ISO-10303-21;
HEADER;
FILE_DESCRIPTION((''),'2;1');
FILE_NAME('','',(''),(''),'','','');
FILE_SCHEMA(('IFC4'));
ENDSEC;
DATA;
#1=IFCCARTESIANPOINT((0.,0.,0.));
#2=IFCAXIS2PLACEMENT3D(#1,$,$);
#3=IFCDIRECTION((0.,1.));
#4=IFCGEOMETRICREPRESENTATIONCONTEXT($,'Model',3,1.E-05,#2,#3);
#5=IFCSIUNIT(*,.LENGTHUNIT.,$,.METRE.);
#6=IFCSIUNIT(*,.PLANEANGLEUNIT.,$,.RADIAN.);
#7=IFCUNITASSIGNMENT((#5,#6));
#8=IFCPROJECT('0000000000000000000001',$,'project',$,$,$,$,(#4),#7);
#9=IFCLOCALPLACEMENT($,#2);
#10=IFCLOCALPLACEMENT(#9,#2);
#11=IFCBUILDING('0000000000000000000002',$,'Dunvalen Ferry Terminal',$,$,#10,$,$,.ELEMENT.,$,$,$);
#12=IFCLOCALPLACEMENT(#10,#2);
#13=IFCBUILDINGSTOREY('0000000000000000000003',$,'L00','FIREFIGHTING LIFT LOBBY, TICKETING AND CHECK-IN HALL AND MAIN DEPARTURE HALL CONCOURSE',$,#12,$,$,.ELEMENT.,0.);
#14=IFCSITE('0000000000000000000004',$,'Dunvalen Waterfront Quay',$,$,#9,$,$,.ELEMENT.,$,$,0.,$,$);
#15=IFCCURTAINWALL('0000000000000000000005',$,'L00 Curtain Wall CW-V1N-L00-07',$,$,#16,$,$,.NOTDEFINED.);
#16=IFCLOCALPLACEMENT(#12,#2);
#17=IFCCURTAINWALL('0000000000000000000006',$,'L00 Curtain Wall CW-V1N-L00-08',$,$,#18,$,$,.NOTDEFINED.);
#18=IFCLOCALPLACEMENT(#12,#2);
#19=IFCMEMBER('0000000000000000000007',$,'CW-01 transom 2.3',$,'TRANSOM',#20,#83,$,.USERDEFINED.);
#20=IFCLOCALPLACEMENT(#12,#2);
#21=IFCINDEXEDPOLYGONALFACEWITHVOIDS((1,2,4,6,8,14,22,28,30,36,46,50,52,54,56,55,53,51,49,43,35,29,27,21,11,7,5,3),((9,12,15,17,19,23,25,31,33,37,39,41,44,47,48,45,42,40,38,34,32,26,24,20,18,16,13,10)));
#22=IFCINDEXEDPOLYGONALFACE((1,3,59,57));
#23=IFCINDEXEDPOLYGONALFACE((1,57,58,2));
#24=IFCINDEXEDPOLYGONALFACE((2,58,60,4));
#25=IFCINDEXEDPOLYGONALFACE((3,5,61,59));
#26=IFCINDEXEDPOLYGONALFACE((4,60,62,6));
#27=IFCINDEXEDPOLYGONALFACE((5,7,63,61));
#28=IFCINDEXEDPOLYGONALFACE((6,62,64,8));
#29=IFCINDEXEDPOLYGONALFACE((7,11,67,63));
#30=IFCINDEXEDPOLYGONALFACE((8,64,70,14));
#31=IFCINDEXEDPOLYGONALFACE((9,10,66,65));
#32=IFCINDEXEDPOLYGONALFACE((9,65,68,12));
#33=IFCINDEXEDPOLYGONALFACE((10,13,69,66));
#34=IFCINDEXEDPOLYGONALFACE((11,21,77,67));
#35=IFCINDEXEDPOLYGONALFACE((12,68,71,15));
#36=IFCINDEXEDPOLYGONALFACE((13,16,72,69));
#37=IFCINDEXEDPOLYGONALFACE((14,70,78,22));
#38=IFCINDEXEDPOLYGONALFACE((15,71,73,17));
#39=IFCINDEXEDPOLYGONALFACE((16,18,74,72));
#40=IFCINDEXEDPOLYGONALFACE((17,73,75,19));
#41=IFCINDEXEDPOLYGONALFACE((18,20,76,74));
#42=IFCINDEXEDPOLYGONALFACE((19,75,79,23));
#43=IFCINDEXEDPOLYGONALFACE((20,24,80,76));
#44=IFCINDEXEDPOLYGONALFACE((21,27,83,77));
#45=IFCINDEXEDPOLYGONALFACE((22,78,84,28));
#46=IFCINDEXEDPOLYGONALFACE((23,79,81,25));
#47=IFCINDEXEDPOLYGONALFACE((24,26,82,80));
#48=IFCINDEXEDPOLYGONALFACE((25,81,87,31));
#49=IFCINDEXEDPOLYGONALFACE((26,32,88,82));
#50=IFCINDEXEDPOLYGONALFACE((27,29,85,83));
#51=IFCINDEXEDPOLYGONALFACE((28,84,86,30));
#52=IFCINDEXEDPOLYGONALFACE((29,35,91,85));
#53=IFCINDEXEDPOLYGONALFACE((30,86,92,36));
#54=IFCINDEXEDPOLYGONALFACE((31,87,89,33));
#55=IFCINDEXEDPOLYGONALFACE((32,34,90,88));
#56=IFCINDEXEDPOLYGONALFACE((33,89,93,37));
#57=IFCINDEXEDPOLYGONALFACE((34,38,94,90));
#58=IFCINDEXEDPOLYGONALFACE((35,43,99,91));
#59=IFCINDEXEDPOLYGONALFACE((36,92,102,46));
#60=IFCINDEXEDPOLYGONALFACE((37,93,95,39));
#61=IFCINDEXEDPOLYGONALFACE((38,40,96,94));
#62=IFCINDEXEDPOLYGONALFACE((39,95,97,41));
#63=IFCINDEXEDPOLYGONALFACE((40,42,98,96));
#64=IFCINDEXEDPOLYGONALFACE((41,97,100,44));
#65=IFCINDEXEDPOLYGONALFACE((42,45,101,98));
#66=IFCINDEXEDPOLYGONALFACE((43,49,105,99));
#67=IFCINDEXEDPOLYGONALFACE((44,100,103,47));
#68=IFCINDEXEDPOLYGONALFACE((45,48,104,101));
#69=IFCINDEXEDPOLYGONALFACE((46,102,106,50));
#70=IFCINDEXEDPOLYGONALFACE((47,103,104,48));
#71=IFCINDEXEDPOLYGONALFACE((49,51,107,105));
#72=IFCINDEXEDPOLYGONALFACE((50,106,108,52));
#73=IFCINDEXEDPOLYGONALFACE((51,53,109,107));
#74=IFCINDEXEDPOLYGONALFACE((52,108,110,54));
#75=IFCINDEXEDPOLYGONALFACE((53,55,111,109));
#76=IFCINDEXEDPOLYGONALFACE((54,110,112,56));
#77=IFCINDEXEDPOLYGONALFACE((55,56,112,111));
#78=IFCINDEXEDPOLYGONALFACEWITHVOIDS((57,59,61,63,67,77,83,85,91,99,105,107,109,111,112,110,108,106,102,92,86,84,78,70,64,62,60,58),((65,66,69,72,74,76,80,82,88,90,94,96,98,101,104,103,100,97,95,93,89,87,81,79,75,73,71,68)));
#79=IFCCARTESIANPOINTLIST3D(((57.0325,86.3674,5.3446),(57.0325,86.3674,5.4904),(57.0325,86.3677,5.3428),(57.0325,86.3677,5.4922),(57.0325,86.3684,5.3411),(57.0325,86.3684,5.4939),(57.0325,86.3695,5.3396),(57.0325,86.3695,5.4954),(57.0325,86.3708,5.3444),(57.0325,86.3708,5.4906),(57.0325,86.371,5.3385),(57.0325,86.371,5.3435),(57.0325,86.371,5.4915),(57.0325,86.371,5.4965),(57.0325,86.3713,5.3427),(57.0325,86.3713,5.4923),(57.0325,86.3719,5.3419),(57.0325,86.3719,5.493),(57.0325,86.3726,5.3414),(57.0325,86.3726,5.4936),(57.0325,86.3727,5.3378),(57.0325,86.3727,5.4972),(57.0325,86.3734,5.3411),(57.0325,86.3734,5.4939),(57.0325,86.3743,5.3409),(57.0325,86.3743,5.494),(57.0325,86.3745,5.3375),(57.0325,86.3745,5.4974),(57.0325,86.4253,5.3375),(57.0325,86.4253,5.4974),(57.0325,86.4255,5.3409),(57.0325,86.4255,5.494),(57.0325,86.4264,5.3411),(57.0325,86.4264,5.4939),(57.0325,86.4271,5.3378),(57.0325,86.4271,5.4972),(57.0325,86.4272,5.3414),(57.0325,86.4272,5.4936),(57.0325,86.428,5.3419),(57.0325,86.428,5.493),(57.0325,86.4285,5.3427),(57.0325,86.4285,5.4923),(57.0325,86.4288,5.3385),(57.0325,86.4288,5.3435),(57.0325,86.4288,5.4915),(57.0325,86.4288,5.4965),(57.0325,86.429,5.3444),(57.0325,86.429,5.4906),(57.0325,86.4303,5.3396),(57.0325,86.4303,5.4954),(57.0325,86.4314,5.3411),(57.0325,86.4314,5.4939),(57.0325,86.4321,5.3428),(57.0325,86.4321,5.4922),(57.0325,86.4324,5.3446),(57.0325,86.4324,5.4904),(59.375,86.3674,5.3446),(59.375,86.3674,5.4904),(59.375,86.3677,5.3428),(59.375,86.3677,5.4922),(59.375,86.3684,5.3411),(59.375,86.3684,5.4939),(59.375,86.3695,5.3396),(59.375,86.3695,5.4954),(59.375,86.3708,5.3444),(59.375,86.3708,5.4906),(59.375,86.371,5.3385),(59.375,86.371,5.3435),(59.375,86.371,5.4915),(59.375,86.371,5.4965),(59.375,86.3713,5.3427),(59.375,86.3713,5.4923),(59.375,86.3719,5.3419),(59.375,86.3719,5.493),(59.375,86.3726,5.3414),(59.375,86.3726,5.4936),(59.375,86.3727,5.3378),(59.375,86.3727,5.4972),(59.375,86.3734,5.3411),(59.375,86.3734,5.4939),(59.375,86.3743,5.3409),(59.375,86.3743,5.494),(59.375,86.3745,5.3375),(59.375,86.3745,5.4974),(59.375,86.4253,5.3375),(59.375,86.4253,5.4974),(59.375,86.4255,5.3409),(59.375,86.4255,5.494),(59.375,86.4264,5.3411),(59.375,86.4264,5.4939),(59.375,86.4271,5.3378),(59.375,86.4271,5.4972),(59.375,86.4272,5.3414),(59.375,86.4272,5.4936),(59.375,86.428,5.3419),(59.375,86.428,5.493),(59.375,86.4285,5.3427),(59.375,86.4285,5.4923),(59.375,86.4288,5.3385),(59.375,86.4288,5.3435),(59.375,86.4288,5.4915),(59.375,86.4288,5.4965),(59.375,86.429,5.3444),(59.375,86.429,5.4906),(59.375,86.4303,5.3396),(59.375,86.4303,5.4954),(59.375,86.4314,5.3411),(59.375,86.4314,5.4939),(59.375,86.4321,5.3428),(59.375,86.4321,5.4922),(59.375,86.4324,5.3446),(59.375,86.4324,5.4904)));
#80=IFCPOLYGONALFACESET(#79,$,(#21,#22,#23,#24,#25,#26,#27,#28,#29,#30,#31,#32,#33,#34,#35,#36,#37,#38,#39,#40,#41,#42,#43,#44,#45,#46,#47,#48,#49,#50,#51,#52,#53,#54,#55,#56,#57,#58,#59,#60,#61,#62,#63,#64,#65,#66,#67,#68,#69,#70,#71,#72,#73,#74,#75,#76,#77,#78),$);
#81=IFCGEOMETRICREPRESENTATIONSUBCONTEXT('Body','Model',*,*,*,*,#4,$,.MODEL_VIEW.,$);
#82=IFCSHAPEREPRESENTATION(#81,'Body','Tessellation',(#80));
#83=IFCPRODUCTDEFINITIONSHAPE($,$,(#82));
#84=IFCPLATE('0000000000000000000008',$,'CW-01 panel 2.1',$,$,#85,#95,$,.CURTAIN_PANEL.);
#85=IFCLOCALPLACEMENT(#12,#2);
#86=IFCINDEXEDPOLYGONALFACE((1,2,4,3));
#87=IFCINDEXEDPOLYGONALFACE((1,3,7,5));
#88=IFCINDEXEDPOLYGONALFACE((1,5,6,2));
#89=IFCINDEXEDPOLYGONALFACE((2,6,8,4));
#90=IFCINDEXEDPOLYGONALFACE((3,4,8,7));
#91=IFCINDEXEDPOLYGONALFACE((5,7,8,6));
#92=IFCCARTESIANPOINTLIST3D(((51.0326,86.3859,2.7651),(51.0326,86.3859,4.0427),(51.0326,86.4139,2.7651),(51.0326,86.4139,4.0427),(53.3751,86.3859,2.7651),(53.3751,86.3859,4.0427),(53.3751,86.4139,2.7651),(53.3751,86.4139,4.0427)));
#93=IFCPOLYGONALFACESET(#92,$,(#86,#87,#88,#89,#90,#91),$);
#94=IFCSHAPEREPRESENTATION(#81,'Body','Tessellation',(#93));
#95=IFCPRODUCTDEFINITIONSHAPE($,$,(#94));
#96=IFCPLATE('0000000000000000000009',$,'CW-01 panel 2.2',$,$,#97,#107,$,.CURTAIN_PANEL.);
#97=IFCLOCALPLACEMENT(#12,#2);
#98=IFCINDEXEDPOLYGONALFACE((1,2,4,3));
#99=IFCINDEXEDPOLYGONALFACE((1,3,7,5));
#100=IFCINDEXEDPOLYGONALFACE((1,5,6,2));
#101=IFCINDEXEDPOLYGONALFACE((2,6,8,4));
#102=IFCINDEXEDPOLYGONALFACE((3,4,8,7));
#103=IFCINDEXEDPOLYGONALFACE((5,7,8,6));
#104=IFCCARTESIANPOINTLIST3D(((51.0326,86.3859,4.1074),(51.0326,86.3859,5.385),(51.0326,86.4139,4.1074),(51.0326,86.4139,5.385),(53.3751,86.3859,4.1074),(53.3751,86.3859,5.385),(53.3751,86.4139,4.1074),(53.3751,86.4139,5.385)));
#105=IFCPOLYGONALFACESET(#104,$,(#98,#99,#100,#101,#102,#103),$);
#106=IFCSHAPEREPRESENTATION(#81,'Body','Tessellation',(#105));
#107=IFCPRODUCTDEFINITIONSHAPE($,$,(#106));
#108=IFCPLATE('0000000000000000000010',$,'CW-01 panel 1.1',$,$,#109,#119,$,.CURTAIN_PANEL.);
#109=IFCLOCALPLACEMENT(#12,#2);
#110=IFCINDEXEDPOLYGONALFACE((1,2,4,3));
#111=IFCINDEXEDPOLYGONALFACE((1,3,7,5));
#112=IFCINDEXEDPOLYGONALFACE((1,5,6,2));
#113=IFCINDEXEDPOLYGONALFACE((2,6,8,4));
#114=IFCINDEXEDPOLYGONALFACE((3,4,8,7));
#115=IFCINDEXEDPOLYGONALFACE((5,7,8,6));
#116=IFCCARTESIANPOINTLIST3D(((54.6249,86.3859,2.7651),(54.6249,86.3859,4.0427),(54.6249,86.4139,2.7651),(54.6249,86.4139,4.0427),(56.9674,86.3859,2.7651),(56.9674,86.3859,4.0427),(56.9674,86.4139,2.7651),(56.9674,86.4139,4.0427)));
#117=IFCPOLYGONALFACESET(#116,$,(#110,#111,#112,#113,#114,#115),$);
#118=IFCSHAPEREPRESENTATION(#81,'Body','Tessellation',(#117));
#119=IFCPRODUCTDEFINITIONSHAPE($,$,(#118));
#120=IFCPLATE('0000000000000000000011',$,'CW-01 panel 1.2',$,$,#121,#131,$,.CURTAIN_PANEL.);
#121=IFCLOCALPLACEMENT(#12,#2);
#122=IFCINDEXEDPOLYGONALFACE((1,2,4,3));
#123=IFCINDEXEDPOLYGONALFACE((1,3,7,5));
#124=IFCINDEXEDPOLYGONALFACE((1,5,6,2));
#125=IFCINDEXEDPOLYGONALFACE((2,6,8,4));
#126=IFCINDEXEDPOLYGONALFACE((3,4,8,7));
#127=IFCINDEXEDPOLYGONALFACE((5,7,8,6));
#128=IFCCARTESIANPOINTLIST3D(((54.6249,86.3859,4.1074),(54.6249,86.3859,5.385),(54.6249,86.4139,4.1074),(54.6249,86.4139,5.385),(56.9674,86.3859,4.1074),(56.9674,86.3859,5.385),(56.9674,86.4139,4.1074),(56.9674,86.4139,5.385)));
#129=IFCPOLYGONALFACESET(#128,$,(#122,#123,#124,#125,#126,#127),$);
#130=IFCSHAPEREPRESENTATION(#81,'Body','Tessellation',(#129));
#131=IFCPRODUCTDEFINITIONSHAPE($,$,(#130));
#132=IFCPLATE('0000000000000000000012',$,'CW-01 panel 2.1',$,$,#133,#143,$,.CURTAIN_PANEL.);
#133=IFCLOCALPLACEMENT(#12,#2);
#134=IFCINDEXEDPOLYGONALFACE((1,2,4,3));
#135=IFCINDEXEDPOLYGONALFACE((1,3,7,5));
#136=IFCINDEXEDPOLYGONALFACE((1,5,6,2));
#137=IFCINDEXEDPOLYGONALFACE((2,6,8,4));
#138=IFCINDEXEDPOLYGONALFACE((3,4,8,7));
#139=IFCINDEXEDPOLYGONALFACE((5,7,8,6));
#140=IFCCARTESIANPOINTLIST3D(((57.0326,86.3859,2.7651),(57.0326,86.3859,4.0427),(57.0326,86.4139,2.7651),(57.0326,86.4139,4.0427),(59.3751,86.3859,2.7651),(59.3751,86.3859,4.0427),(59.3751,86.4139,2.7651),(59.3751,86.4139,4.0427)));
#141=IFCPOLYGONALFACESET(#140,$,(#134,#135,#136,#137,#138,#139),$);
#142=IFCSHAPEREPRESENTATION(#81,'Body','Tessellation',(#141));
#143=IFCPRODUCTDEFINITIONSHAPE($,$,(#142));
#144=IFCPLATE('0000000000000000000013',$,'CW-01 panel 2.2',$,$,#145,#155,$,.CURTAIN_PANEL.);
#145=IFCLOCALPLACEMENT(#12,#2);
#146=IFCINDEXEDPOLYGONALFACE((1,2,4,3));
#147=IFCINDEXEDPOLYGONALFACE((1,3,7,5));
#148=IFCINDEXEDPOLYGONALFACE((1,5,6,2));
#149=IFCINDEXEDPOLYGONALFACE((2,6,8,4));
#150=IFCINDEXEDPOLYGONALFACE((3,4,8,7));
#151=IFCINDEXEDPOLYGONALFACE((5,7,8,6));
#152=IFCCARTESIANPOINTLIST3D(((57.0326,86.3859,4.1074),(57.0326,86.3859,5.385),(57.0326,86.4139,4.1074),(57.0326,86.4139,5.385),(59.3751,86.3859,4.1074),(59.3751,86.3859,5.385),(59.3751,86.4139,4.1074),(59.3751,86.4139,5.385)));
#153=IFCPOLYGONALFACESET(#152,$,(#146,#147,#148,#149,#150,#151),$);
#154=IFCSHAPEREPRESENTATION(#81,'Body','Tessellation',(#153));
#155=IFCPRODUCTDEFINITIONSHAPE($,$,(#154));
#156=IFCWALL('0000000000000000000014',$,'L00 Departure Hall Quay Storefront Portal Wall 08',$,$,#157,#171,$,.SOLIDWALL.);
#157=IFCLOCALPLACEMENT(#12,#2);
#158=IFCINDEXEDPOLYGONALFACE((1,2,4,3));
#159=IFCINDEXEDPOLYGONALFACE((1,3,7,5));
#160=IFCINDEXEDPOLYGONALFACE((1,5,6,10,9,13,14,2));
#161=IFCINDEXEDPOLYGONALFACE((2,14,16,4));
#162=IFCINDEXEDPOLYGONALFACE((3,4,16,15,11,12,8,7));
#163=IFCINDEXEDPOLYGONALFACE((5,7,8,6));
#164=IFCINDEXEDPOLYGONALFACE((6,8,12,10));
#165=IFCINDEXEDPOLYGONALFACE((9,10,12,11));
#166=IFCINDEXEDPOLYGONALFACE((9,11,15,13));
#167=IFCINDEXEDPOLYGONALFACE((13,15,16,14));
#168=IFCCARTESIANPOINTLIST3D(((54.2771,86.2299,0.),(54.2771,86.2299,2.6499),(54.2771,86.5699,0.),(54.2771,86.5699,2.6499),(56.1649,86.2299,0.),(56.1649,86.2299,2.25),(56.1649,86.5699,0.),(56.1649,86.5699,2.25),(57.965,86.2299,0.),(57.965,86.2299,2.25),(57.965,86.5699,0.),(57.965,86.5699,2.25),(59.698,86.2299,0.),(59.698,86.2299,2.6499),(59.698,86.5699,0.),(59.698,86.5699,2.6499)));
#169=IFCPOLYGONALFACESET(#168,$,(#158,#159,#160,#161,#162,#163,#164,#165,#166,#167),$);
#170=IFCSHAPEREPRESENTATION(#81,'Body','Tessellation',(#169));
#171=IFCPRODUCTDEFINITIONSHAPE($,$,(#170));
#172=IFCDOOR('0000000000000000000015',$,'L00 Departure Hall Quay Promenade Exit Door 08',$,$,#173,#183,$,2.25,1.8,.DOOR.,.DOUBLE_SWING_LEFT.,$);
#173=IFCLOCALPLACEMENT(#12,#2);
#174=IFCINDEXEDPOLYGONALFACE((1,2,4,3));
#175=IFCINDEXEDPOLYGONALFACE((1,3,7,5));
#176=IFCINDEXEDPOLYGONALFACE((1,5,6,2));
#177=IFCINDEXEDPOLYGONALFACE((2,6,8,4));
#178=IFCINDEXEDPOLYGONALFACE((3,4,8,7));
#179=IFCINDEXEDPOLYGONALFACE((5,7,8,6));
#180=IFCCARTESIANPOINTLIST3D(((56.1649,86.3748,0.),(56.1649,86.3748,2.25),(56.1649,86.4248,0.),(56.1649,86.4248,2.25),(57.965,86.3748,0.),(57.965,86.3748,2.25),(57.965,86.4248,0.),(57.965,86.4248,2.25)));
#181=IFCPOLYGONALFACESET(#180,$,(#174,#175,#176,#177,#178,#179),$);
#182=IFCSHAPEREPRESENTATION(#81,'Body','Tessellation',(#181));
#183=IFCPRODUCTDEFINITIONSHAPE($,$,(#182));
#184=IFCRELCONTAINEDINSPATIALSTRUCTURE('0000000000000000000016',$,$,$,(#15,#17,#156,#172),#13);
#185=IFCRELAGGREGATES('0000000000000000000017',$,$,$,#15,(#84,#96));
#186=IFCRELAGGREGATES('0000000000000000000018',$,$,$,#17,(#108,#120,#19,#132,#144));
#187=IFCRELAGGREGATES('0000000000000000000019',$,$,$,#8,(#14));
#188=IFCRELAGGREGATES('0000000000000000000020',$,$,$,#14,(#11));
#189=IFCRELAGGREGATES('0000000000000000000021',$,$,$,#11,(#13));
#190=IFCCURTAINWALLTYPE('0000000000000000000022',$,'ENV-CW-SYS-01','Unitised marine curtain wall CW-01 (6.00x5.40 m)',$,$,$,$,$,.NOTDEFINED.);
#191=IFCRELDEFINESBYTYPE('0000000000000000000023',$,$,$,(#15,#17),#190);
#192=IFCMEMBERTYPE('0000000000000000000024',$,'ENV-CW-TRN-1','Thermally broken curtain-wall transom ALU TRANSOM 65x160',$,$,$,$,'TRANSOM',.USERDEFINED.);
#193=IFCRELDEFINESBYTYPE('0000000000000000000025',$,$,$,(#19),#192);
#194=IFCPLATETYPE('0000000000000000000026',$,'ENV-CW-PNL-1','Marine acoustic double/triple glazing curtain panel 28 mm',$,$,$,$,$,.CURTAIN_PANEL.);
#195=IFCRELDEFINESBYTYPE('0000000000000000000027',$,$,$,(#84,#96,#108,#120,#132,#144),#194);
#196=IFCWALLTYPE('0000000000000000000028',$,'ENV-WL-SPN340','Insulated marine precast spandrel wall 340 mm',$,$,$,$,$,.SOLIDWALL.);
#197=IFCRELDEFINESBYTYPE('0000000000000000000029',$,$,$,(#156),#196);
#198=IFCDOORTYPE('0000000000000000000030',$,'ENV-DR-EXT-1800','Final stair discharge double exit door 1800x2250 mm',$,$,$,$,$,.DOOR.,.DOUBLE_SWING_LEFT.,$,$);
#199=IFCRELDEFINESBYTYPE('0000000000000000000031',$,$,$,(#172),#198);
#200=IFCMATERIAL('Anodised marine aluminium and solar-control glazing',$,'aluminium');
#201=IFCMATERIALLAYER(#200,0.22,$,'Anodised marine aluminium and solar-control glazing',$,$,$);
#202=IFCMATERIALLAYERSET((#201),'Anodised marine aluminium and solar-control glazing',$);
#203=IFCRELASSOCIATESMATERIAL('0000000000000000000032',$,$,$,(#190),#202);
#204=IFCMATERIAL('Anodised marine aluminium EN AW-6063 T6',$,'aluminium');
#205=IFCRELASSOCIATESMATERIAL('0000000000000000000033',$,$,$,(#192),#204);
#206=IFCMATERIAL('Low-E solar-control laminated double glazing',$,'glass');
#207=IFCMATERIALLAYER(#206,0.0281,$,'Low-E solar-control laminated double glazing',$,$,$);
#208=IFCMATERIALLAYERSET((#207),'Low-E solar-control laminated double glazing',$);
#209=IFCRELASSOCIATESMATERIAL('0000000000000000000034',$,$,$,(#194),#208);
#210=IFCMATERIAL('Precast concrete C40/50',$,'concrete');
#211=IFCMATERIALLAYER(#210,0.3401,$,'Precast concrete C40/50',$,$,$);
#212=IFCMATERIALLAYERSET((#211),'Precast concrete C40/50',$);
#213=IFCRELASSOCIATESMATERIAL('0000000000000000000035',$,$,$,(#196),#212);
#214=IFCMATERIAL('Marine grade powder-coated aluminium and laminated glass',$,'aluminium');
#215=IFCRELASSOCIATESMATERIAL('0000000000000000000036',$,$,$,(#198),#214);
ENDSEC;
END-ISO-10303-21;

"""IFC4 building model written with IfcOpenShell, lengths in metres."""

from ifc_helpers import new_model, si_unit, direction, frame, frame_2d, origin, origin_2d, place, context, subcontext, project, spatial, rectangle, hollow_rectangle, extrude, material, layer, layer_set, material_profile, profile_set, type_object, element, fill, aggregate, save


model = new_model("IFC4")

# Units and contexts
model_context = context("Model", 3, precision=1e-05, world=origin(), true_north=direction((0.0, 1.0)))
body_context = subcontext(model_context, "Body", "Model", "MODEL_VIEW")
ifc_project = project(units=[si_unit("LENGTHUNIT", "METRE"), si_unit("PLANEANGLEUNIT", "RADIAN")], contexts=[model_context])

# Site, building, storey
site_placement = place(None, origin())
site = spatial("IfcSite", under=ifc_project, at=site_placement, Name="Dunvalen Waterfront Quay", CompositionType="ELEMENT", RefElevation=0.0)
building_placement = place(site_placement, origin())
building = spatial("IfcBuilding", under=site, at=building_placement, Name="Dunvalen Ferry Terminal", CompositionType="ELEMENT")
storey_placement = place(building_placement, origin())
storey = spatial("IfcBuildingStorey", under=building, at=storey_placement, Name="L00", Description="FIREFIGHTING LIFT LOBBY, TICKETING AND CHECK-IN HALL AND MAIN DEPARTURE HALL CONCOURSE", CompositionType="ELEMENT", Elevation=0.0)

# Curtain wall
ifc_material_1 = material(Name="Anodised marine aluminium and solar-control glazing", Category="aluminium")
ifc_layer_1 = layer(ifc_material_1, 0.22, Name="Anodised marine aluminium and solar-control glazing")
ifc_layer_set_1 = layer_set([ifc_layer_1], Name="Anodised marine aluminium and solar-control glazing")
curtain_wall_type = type_object("IfcCurtainWallType", Name="ENV-CW-SYS-01", Description="Unitised marine curtain wall CW-01 (6.00x5.40 m)", PredefinedType="NOTDEFINED", material=ifc_layer_set_1)
curtain_wall_1_placement = place(storey_placement, origin())
curtain_wall_1 = element("IfcCurtainWall", 1, at=curtain_wall_1_placement, inside=storey, type_object=curtain_wall_type, Name="L00 Curtain Wall CW-V1N-L00-07", PredefinedType="NOTDEFINED")
ifc_material_2 = material(Name="Anodised marine aluminium EN AW-6063 T6", Category="aluminium")

# Curtain wall
curtain_wall_2_placement = place(storey_placement, origin())
curtain_wall_2 = element("IfcCurtainWall", 2, at=curtain_wall_2_placement, inside=storey, type_object=curtain_wall_type, Name="L00 Curtain Wall CW-V1N-L00-08", PredefinedType="NOTDEFINED")

# Member
ifc_material_profile_1 = material_profile(ifc_material_2, hollow_rectangle(XDim=0.0649, YDim=0.1599, WallThickness=0.0034, InnerFilletRadius=0.0034, OuterFilletRadius=0.0071, at=origin_2d()), Name="Anodised marine aluminium EN AW-6063 T6")
ifc_profile_set_1 = profile_set([ifc_material_profile_1], Name="Anodised marine aluminium EN AW-6063 T6")
member_type_1 = type_object("IfcMemberType", Name="ENV-CW-TRN-1", Description="Thermally broken curtain-wall transom ALU TRANSOM 65x160", ElementType="TRANSOM", PredefinedType="USERDEFINED", material=ifc_profile_set_1)
member_1_placement = place(storey_placement, frame((57.0325, 86.3999, 5.4175), z_axis=(1.0, 0.0, 0.0), x_axis=(0.0, 1.0, 0.0)))
member_1 = element("IfcMember", 3, at=member_1_placement, type_object=member_type_1, Name="CW-01 transom 2.3", ObjectType="TRANSOM", PredefinedType="USERDEFINED", context=body_context, shape_type="SweptSolid", body=[
    extrude(hollow_rectangle(XDim=0.0649, YDim=0.1599, WallThickness=0.0034, InnerFilletRadius=0.0034, OuterFilletRadius=0.0071, at=origin_2d()), origin(), (0.0, 0.0, 1.0), 2.3425),
])

# Plates
ifc_material_3 = material(Name="Low-E solar-control laminated double glazing", Category="glass")
ifc_layer_2 = layer(ifc_material_3, 0.0281, Name="Low-E solar-control laminated double glazing")
ifc_layer_set_2 = layer_set([ifc_layer_2], Name="Low-E solar-control laminated double glazing")
plate_type = type_object("IfcPlateType", Name="ENV-CW-PNL-1", Description="Marine acoustic double/triple glazing curtain panel 28 mm", PredefinedType="CURTAIN_PANEL", material=ifc_layer_set_2)
plate_1_placement = place(storey_placement, frame((52.2039, 86.3999, 2.7651), z_axis=(0.0, 0.0, 1.0), x_axis=(1.0, 0.0, 0.0)))
plate_1 = element("IfcPlate", 4, at=plate_1_placement, type_object=plate_type, Name="CW-01 panel 2.1", PredefinedType="CURTAIN_PANEL", context=body_context, shape_type="SweptSolid", body=[
    extrude(rectangle(XDim=2.3425, YDim=0.0281, at=origin_2d()), origin(), (0.0, 0.0, 1.0), 1.2776),
])
plate_2_placement = place(storey_placement, frame((52.2039, 86.3999, 4.1074), z_axis=(0.0, 0.0, 1.0), x_axis=(1.0, 0.0, 0.0)))
plate_2 = element("IfcPlate", 5, at=plate_2_placement, type_object=plate_type, Name="CW-01 panel 2.2", PredefinedType="CURTAIN_PANEL", context=body_context, shape_type="SweptSolid", body=[
    extrude(rectangle(XDim=2.3425, YDim=0.0281, at=origin_2d()), origin(), (0.0, 0.0, 1.0), 1.2776),
])
aggregate(curtain_wall_1, [plate_1, plate_2])
plate_3_placement = place(storey_placement, frame((55.7961, 86.3999, 2.7651), z_axis=(0.0, 0.0, 1.0), x_axis=(1.0, 0.0, 0.0)))
plate_3 = element("IfcPlate", 6, at=plate_3_placement, type_object=plate_type, Name="CW-01 panel 1.1", PredefinedType="CURTAIN_PANEL", context=body_context, shape_type="SweptSolid", body=[
    extrude(rectangle(XDim=2.3425, YDim=0.0281, at=origin_2d()), origin(), (0.0, 0.0, 1.0), 1.2776),
])
plate_4_placement = place(storey_placement, frame((55.7961, 86.3999, 4.1074), z_axis=(0.0, 0.0, 1.0), x_axis=(1.0, 0.0, 0.0)))
plate_4 = element("IfcPlate", 7, at=plate_4_placement, type_object=plate_type, Name="CW-01 panel 1.2", PredefinedType="CURTAIN_PANEL", context=body_context, shape_type="SweptSolid", body=[
    extrude(rectangle(XDim=2.3425, YDim=0.0281, at=origin_2d()), origin(), (0.0, 0.0, 1.0), 1.2776),
])
plate_5_placement = place(storey_placement, frame((58.2039, 86.3999, 2.7651), z_axis=(0.0, 0.0, 1.0), x_axis=(1.0, 0.0, 0.0)))
plate_5 = element("IfcPlate", 8, at=plate_5_placement, type_object=plate_type, Name="CW-01 panel 2.1", PredefinedType="CURTAIN_PANEL", context=body_context, shape_type="SweptSolid", body=[
    extrude(rectangle(XDim=2.3425, YDim=0.0281, at=origin_2d()), origin(), (0.0, 0.0, 1.0), 1.2776),
])
plate_6_placement = place(storey_placement, frame((58.2039, 86.3999, 4.1074), z_axis=(0.0, 0.0, 1.0), x_axis=(1.0, 0.0, 0.0)))
plate_6 = element("IfcPlate", 9, at=plate_6_placement, type_object=plate_type, Name="CW-01 panel 2.2", PredefinedType="CURTAIN_PANEL", context=body_context, shape_type="SweptSolid", body=[
    extrude(rectangle(XDim=2.3425, YDim=0.0281, at=origin_2d()), origin(), (0.0, 0.0, 1.0), 1.2776),
])
aggregate(curtain_wall_2, [plate_3, plate_4, member_1, plate_5, plate_6])

# Wall, opening, door
ifc_material_4 = material(Name="Precast concrete C40/50", Category="concrete")
ifc_layer_3 = layer(ifc_material_4, 0.3401, Name="Precast concrete C40/50")
ifc_layer_set_3 = layer_set([ifc_layer_3], Name="Precast concrete C40/50")
wall_type = type_object("IfcWallType", Name="ENV-WL-SPN340", Description="Insulated marine precast spandrel wall 340 mm", PredefinedType="SOLIDWALL", material=ifc_layer_set_3)
wall_placement = place(storey_placement, frame((54.2771, 86.3999, 0.0), z_axis=(0.0, 0.0, 1.0), x_axis=(1.0, 0.0, 0.0)))
wall = element("IfcWall", 10, at=wall_placement, inside=storey, type_object=wall_type, Name="L00 Departure Hall Quay Storefront Portal Wall 08", PredefinedType="SOLIDWALL", context=body_context, shape_type="SweptSolid", body=[
    extrude(rectangle(XDim=5.4209, YDim=0.3401, at=frame_2d((2.7104, 0.0))), origin(), (0.0, 0.0, 1.0), 2.6499),
])
opening_placement = place(wall_placement, frame((1.8879, 0.0, 0.0)))
opening = element("IfcOpeningElement", 11, at=opening_placement, cuts=wall, PredefinedType="OPENING", context=body_context, shape_type="SweptSolid", body=[
    extrude(rectangle(XDim=1.8, YDim=2.25, at=frame_2d((0.8999, 1.125))), frame((0.0, 0.1802, 0.0), z_axis=(0.0, -1.0, 0.0), x_axis=(1.0, 0.0, 0.0)), (0.0, 0.0, 1.0), 0.3601),
])
ifc_material_5 = material(Name="Marine grade powder-coated aluminium and laminated glass", Category="aluminium")
door_type = type_object("IfcDoorType", Name="ENV-DR-EXT-1800", Description="Final stair discharge double exit door 1800x2250 mm", OperationType="DOUBLE_SWING_LEFT", PredefinedType="DOOR", material=ifc_material_5)
door_placement = place(opening_placement, origin())
door = element("IfcDoor", 12, at=door_placement, inside=storey, type_object=door_type, Name="L00 Departure Hall Quay Promenade Exit Door 08", OperationType="DOUBLE_SWING_LEFT", OverallHeight=2.25, OverallWidth=1.8, PredefinedType="DOOR", context=body_context, shape_type="SweptSolid", body=[
    extrude(rectangle(XDim=1.8, YDim=2.25, at=frame_2d((0.8999, 1.125))), frame((0.0, 0.0249, 0.0), z_axis=(0.0, -1.0, 0.0), x_axis=(1.0, 0.0, 0.0)), (0.0, 0.0, 1.0), 0.05),
])
fill(opening, door)

save(model, "model.ifc")
